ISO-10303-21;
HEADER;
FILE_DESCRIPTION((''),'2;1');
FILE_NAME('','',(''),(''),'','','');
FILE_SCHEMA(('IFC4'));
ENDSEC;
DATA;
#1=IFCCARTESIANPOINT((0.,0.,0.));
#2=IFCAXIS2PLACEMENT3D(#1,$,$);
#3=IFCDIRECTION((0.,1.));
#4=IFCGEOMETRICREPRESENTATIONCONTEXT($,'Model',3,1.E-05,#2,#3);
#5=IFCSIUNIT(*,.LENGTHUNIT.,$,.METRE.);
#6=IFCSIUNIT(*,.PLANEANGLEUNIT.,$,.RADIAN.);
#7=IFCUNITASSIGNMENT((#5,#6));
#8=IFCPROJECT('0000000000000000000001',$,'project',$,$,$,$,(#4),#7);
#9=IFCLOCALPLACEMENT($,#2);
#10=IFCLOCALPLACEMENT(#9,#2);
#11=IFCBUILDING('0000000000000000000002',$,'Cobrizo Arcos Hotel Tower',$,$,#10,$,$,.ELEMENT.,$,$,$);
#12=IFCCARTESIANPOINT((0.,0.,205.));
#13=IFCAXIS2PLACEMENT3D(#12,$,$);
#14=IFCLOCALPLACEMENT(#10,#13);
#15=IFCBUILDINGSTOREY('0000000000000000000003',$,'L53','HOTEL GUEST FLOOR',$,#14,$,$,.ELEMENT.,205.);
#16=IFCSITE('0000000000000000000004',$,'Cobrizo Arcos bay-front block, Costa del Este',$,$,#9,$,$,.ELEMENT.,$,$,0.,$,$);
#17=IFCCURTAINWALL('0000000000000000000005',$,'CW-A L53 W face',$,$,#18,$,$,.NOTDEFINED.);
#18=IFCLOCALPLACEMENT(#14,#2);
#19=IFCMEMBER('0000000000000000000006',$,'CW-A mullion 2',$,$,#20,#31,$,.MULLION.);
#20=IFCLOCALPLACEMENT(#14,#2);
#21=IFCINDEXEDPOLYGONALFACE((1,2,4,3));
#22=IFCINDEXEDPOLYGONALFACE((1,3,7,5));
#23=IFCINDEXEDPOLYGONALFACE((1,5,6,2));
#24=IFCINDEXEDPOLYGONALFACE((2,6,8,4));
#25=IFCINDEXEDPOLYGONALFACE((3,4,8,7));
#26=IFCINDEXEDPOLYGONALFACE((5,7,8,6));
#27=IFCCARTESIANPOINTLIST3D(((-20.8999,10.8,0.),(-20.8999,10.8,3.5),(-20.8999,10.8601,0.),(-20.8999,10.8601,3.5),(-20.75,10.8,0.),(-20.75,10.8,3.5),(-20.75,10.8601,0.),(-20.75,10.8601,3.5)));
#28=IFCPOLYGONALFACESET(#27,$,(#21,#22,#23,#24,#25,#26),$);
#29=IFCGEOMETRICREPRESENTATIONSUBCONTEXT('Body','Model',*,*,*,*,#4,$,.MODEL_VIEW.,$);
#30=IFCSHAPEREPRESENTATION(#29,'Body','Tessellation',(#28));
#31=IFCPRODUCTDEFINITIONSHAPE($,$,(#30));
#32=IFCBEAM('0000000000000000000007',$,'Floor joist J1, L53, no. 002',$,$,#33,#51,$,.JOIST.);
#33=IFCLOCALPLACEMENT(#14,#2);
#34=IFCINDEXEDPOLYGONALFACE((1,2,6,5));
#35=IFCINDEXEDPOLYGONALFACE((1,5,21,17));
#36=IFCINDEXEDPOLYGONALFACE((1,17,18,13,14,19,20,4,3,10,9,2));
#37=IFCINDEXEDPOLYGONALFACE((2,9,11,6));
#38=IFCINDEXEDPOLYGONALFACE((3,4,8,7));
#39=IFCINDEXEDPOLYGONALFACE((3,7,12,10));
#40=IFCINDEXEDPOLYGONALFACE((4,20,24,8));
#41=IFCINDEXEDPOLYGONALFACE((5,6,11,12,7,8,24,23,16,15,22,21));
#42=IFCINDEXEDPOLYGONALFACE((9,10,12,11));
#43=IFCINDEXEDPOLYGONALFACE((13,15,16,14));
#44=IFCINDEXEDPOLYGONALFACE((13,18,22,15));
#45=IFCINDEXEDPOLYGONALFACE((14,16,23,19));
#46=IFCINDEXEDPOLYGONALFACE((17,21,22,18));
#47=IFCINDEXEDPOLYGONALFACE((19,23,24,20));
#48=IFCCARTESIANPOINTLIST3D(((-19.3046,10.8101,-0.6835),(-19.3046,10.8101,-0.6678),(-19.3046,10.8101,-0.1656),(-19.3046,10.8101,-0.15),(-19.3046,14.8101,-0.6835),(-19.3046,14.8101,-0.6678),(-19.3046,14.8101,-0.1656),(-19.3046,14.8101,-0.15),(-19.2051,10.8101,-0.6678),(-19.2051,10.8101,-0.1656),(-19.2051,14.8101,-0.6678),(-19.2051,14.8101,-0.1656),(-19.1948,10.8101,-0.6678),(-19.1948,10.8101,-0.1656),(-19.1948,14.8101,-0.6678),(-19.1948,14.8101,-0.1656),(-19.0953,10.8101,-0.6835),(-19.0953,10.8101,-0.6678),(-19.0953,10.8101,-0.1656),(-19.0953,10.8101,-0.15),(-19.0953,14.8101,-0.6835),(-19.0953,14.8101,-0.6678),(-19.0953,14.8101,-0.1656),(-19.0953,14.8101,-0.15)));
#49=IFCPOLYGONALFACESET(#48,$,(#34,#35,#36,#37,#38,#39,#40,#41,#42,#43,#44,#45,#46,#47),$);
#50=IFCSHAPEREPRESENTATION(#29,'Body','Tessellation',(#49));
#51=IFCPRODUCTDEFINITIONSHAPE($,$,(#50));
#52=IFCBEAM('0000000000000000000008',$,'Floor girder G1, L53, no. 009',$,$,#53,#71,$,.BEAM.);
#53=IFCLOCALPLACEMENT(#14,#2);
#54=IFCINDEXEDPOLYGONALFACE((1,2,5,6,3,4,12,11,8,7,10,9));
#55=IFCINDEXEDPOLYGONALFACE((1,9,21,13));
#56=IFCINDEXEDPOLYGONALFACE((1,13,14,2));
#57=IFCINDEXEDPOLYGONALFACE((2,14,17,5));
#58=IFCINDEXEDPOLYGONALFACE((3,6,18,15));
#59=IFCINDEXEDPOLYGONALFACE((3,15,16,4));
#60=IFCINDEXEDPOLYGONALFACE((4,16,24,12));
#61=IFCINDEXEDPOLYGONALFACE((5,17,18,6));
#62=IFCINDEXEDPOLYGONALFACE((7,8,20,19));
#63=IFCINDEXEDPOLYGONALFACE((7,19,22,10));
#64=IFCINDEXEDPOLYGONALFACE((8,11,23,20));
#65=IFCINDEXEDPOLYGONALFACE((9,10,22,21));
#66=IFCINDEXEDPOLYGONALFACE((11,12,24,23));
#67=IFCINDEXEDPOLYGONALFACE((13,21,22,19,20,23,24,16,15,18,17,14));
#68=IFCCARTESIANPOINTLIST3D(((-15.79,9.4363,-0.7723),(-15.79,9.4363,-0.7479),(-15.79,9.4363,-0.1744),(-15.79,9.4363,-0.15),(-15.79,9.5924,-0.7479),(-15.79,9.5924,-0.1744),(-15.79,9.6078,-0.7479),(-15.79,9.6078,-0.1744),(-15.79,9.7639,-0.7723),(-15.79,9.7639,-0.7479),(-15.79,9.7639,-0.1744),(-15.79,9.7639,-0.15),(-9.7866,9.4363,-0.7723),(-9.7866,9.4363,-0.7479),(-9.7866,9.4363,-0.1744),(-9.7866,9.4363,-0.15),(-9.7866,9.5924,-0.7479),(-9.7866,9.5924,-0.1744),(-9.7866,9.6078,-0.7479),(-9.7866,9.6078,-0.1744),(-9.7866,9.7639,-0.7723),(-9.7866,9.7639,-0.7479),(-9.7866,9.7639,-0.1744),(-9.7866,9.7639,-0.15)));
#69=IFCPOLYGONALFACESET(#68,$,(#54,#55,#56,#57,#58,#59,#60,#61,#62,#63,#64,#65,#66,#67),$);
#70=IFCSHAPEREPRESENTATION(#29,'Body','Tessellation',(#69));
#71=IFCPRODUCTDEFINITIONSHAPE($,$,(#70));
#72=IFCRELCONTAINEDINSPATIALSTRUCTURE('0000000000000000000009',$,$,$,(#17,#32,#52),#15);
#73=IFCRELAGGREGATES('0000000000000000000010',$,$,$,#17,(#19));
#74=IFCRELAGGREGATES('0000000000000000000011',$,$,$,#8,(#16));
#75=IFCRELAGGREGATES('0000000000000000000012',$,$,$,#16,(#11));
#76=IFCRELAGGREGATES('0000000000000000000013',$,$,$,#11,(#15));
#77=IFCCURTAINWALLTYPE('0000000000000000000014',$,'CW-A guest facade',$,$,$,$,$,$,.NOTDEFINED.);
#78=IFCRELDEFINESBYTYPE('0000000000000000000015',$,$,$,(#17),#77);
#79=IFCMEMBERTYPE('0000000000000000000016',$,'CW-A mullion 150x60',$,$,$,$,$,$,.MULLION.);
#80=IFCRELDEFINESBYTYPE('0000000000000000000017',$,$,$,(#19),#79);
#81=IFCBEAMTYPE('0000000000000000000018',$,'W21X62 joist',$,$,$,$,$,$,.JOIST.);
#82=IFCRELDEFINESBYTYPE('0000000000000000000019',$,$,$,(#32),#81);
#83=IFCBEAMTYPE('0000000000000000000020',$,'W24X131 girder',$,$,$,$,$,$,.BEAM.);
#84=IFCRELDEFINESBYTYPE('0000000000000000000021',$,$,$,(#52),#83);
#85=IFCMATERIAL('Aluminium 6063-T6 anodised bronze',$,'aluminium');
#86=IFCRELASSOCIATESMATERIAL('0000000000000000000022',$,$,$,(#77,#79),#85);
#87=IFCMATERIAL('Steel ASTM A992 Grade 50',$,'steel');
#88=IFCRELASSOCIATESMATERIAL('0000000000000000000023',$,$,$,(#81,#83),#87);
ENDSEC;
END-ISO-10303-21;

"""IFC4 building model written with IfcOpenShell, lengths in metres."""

from ifc_helpers import new_model, si_unit, direction, frame, origin, origin_2d, place, context, subcontext, project, spatial, rectangle, i_section, extrude, material, material_profile, profile_set, type_object, element, aggregate, save


model = new_model("IFC4")

# Units and contexts
model_context = context("Model", 3, precision=1e-05, world=origin(), true_north=direction((0.0, 1.0)))
body_context = subcontext(model_context, "Body", "Model", "MODEL_VIEW")
ifc_project = project(units=[si_unit("LENGTHUNIT", "METRE"), si_unit("PLANEANGLEUNIT", "RADIAN")], contexts=[model_context])

# Site, building, storey
site_placement = place(None, origin())
site = spatial("IfcSite", under=ifc_project, at=site_placement, Name="Cobrizo Arcos bay-front block, Costa del Este", CompositionType="ELEMENT", RefElevation=0.0)
building_placement = place(site_placement, origin())
building = spatial("IfcBuilding", under=site, at=building_placement, Name="Cobrizo Arcos Hotel Tower", CompositionType="ELEMENT")
storey_placement = place(building_placement, frame((0.0, 0.0, 205.0)))
storey = spatial("IfcBuildingStorey", under=building, at=storey_placement, Name="L53", Description="HOTEL GUEST FLOOR", CompositionType="ELEMENT", Elevation=205.0)

# Curtain wall, member
ifc_material_1 = material(Name="Aluminium 6063-T6 anodised bronze", Category="aluminium")
curtain_wall_type = type_object("IfcCurtainWallType", Name="CW-A guest facade", PredefinedType="NOTDEFINED", material=ifc_material_1)
curtain_wall_placement = place(storey_placement, origin())
curtain_wall = element("IfcCurtainWall", 1, at=curtain_wall_placement, inside=storey, type_object=curtain_wall_type, Name="CW-A L53 W face", PredefinedType="NOTDEFINED")
ifc_material_profile_1 = material_profile(ifc_material_1, rectangle(XDim=0.1499, YDim=0.0601, at=origin_2d()), Name="CW-A mullion 150x60")
ifc_profile_set_1 = profile_set([ifc_material_profile_1], Name="Aluminium 6063-T6 anodised bronze")
member_type = type_object("IfcMemberType", Name="CW-A mullion 150x60", PredefinedType="MULLION", material=ifc_profile_set_1)
member_placement = place(storey_placement, frame((-20.825, 10.8301, 0.0), z_axis=(0.0, 0.0, 1.0), x_axis=(-1.0, 0.0, 0.0)))
member = element("IfcMember", 2, at=member_placement, type_object=member_type, Name="CW-A mullion 2", PredefinedType="MULLION", context=body_context, shape_type="SweptSolid", body=[
    extrude(rectangle(XDim=0.1499, YDim=0.0601, at=origin_2d()), origin(), (0.0, 0.0, 1.0), 3.5),
])
aggregate(curtain_wall, [member])

# Beams
ifc_material_2 = material(Name="Steel ASTM A992 Grade 50", Category="steel")
ifc_material_profile_2 = material_profile(ifc_material_2, i_section(OverallWidth=0.2092, OverallDepth=0.5334, WebThickness=0.0103, FlangeThickness=0.0156, at=origin_2d()), Name="W21X62")
ifc_profile_set_2 = profile_set([ifc_material_profile_2], Name="Steel ASTM A992 Grade 50")
beam_type_1 = type_object("IfcBeamType", Name="W21X62 joist", PredefinedType="JOIST", material=ifc_profile_set_2)
beam_1_placement = place(storey_placement, frame((-19.2, 10.8101, -0.4167), z_axis=(0.0, 1.0, 0.0), x_axis=(-1.0, 0.0, 0.0)))
element("IfcBeam", 3, at=beam_1_placement, inside=storey, type_object=beam_type_1, Name="Floor joist J1, L53, no. 002", PredefinedType="JOIST", context=body_context, shape_type="SweptSolid", body=[
    extrude(i_section(OverallWidth=0.2092, OverallDepth=0.5334, WebThickness=0.0103, FlangeThickness=0.0156, at=origin_2d()), origin(), (0.0, 0.0, 1.0), 4.0),
])
ifc_material_profile_3 = material_profile(ifc_material_2, i_section(OverallWidth=0.3276, OverallDepth=0.6223, WebThickness=0.0154, FlangeThickness=0.0244, at=origin_2d()), Name="W24X131")
ifc_profile_set_3 = profile_set([ifc_material_profile_3], Name="Steel ASTM A992 Grade 50")
beam_type_2 = type_object("IfcBeamType", Name="W24X131 girder", PredefinedType="BEAM", material=ifc_profile_set_3)
beam_2_placement = place(storey_placement, frame((-15.79, 9.6001, -0.4612), z_axis=(1.0, 0.0, 0.0), x_axis=(0.0, 1.0, 0.0)))
element("IfcBeam", 4, at=beam_2_placement, inside=storey, type_object=beam_type_2, Name="Floor girder G1, L53, no. 009", PredefinedType="BEAM", context=body_context, shape_type="SweptSolid", body=[
    extrude(i_section(OverallWidth=0.3276, OverallDepth=0.6223, WebThickness=0.0154, FlangeThickness=0.0244, at=origin_2d()), origin(), (0.0, 0.0, 1.0), 6.0034),
])

save(model, "model.ifc")
